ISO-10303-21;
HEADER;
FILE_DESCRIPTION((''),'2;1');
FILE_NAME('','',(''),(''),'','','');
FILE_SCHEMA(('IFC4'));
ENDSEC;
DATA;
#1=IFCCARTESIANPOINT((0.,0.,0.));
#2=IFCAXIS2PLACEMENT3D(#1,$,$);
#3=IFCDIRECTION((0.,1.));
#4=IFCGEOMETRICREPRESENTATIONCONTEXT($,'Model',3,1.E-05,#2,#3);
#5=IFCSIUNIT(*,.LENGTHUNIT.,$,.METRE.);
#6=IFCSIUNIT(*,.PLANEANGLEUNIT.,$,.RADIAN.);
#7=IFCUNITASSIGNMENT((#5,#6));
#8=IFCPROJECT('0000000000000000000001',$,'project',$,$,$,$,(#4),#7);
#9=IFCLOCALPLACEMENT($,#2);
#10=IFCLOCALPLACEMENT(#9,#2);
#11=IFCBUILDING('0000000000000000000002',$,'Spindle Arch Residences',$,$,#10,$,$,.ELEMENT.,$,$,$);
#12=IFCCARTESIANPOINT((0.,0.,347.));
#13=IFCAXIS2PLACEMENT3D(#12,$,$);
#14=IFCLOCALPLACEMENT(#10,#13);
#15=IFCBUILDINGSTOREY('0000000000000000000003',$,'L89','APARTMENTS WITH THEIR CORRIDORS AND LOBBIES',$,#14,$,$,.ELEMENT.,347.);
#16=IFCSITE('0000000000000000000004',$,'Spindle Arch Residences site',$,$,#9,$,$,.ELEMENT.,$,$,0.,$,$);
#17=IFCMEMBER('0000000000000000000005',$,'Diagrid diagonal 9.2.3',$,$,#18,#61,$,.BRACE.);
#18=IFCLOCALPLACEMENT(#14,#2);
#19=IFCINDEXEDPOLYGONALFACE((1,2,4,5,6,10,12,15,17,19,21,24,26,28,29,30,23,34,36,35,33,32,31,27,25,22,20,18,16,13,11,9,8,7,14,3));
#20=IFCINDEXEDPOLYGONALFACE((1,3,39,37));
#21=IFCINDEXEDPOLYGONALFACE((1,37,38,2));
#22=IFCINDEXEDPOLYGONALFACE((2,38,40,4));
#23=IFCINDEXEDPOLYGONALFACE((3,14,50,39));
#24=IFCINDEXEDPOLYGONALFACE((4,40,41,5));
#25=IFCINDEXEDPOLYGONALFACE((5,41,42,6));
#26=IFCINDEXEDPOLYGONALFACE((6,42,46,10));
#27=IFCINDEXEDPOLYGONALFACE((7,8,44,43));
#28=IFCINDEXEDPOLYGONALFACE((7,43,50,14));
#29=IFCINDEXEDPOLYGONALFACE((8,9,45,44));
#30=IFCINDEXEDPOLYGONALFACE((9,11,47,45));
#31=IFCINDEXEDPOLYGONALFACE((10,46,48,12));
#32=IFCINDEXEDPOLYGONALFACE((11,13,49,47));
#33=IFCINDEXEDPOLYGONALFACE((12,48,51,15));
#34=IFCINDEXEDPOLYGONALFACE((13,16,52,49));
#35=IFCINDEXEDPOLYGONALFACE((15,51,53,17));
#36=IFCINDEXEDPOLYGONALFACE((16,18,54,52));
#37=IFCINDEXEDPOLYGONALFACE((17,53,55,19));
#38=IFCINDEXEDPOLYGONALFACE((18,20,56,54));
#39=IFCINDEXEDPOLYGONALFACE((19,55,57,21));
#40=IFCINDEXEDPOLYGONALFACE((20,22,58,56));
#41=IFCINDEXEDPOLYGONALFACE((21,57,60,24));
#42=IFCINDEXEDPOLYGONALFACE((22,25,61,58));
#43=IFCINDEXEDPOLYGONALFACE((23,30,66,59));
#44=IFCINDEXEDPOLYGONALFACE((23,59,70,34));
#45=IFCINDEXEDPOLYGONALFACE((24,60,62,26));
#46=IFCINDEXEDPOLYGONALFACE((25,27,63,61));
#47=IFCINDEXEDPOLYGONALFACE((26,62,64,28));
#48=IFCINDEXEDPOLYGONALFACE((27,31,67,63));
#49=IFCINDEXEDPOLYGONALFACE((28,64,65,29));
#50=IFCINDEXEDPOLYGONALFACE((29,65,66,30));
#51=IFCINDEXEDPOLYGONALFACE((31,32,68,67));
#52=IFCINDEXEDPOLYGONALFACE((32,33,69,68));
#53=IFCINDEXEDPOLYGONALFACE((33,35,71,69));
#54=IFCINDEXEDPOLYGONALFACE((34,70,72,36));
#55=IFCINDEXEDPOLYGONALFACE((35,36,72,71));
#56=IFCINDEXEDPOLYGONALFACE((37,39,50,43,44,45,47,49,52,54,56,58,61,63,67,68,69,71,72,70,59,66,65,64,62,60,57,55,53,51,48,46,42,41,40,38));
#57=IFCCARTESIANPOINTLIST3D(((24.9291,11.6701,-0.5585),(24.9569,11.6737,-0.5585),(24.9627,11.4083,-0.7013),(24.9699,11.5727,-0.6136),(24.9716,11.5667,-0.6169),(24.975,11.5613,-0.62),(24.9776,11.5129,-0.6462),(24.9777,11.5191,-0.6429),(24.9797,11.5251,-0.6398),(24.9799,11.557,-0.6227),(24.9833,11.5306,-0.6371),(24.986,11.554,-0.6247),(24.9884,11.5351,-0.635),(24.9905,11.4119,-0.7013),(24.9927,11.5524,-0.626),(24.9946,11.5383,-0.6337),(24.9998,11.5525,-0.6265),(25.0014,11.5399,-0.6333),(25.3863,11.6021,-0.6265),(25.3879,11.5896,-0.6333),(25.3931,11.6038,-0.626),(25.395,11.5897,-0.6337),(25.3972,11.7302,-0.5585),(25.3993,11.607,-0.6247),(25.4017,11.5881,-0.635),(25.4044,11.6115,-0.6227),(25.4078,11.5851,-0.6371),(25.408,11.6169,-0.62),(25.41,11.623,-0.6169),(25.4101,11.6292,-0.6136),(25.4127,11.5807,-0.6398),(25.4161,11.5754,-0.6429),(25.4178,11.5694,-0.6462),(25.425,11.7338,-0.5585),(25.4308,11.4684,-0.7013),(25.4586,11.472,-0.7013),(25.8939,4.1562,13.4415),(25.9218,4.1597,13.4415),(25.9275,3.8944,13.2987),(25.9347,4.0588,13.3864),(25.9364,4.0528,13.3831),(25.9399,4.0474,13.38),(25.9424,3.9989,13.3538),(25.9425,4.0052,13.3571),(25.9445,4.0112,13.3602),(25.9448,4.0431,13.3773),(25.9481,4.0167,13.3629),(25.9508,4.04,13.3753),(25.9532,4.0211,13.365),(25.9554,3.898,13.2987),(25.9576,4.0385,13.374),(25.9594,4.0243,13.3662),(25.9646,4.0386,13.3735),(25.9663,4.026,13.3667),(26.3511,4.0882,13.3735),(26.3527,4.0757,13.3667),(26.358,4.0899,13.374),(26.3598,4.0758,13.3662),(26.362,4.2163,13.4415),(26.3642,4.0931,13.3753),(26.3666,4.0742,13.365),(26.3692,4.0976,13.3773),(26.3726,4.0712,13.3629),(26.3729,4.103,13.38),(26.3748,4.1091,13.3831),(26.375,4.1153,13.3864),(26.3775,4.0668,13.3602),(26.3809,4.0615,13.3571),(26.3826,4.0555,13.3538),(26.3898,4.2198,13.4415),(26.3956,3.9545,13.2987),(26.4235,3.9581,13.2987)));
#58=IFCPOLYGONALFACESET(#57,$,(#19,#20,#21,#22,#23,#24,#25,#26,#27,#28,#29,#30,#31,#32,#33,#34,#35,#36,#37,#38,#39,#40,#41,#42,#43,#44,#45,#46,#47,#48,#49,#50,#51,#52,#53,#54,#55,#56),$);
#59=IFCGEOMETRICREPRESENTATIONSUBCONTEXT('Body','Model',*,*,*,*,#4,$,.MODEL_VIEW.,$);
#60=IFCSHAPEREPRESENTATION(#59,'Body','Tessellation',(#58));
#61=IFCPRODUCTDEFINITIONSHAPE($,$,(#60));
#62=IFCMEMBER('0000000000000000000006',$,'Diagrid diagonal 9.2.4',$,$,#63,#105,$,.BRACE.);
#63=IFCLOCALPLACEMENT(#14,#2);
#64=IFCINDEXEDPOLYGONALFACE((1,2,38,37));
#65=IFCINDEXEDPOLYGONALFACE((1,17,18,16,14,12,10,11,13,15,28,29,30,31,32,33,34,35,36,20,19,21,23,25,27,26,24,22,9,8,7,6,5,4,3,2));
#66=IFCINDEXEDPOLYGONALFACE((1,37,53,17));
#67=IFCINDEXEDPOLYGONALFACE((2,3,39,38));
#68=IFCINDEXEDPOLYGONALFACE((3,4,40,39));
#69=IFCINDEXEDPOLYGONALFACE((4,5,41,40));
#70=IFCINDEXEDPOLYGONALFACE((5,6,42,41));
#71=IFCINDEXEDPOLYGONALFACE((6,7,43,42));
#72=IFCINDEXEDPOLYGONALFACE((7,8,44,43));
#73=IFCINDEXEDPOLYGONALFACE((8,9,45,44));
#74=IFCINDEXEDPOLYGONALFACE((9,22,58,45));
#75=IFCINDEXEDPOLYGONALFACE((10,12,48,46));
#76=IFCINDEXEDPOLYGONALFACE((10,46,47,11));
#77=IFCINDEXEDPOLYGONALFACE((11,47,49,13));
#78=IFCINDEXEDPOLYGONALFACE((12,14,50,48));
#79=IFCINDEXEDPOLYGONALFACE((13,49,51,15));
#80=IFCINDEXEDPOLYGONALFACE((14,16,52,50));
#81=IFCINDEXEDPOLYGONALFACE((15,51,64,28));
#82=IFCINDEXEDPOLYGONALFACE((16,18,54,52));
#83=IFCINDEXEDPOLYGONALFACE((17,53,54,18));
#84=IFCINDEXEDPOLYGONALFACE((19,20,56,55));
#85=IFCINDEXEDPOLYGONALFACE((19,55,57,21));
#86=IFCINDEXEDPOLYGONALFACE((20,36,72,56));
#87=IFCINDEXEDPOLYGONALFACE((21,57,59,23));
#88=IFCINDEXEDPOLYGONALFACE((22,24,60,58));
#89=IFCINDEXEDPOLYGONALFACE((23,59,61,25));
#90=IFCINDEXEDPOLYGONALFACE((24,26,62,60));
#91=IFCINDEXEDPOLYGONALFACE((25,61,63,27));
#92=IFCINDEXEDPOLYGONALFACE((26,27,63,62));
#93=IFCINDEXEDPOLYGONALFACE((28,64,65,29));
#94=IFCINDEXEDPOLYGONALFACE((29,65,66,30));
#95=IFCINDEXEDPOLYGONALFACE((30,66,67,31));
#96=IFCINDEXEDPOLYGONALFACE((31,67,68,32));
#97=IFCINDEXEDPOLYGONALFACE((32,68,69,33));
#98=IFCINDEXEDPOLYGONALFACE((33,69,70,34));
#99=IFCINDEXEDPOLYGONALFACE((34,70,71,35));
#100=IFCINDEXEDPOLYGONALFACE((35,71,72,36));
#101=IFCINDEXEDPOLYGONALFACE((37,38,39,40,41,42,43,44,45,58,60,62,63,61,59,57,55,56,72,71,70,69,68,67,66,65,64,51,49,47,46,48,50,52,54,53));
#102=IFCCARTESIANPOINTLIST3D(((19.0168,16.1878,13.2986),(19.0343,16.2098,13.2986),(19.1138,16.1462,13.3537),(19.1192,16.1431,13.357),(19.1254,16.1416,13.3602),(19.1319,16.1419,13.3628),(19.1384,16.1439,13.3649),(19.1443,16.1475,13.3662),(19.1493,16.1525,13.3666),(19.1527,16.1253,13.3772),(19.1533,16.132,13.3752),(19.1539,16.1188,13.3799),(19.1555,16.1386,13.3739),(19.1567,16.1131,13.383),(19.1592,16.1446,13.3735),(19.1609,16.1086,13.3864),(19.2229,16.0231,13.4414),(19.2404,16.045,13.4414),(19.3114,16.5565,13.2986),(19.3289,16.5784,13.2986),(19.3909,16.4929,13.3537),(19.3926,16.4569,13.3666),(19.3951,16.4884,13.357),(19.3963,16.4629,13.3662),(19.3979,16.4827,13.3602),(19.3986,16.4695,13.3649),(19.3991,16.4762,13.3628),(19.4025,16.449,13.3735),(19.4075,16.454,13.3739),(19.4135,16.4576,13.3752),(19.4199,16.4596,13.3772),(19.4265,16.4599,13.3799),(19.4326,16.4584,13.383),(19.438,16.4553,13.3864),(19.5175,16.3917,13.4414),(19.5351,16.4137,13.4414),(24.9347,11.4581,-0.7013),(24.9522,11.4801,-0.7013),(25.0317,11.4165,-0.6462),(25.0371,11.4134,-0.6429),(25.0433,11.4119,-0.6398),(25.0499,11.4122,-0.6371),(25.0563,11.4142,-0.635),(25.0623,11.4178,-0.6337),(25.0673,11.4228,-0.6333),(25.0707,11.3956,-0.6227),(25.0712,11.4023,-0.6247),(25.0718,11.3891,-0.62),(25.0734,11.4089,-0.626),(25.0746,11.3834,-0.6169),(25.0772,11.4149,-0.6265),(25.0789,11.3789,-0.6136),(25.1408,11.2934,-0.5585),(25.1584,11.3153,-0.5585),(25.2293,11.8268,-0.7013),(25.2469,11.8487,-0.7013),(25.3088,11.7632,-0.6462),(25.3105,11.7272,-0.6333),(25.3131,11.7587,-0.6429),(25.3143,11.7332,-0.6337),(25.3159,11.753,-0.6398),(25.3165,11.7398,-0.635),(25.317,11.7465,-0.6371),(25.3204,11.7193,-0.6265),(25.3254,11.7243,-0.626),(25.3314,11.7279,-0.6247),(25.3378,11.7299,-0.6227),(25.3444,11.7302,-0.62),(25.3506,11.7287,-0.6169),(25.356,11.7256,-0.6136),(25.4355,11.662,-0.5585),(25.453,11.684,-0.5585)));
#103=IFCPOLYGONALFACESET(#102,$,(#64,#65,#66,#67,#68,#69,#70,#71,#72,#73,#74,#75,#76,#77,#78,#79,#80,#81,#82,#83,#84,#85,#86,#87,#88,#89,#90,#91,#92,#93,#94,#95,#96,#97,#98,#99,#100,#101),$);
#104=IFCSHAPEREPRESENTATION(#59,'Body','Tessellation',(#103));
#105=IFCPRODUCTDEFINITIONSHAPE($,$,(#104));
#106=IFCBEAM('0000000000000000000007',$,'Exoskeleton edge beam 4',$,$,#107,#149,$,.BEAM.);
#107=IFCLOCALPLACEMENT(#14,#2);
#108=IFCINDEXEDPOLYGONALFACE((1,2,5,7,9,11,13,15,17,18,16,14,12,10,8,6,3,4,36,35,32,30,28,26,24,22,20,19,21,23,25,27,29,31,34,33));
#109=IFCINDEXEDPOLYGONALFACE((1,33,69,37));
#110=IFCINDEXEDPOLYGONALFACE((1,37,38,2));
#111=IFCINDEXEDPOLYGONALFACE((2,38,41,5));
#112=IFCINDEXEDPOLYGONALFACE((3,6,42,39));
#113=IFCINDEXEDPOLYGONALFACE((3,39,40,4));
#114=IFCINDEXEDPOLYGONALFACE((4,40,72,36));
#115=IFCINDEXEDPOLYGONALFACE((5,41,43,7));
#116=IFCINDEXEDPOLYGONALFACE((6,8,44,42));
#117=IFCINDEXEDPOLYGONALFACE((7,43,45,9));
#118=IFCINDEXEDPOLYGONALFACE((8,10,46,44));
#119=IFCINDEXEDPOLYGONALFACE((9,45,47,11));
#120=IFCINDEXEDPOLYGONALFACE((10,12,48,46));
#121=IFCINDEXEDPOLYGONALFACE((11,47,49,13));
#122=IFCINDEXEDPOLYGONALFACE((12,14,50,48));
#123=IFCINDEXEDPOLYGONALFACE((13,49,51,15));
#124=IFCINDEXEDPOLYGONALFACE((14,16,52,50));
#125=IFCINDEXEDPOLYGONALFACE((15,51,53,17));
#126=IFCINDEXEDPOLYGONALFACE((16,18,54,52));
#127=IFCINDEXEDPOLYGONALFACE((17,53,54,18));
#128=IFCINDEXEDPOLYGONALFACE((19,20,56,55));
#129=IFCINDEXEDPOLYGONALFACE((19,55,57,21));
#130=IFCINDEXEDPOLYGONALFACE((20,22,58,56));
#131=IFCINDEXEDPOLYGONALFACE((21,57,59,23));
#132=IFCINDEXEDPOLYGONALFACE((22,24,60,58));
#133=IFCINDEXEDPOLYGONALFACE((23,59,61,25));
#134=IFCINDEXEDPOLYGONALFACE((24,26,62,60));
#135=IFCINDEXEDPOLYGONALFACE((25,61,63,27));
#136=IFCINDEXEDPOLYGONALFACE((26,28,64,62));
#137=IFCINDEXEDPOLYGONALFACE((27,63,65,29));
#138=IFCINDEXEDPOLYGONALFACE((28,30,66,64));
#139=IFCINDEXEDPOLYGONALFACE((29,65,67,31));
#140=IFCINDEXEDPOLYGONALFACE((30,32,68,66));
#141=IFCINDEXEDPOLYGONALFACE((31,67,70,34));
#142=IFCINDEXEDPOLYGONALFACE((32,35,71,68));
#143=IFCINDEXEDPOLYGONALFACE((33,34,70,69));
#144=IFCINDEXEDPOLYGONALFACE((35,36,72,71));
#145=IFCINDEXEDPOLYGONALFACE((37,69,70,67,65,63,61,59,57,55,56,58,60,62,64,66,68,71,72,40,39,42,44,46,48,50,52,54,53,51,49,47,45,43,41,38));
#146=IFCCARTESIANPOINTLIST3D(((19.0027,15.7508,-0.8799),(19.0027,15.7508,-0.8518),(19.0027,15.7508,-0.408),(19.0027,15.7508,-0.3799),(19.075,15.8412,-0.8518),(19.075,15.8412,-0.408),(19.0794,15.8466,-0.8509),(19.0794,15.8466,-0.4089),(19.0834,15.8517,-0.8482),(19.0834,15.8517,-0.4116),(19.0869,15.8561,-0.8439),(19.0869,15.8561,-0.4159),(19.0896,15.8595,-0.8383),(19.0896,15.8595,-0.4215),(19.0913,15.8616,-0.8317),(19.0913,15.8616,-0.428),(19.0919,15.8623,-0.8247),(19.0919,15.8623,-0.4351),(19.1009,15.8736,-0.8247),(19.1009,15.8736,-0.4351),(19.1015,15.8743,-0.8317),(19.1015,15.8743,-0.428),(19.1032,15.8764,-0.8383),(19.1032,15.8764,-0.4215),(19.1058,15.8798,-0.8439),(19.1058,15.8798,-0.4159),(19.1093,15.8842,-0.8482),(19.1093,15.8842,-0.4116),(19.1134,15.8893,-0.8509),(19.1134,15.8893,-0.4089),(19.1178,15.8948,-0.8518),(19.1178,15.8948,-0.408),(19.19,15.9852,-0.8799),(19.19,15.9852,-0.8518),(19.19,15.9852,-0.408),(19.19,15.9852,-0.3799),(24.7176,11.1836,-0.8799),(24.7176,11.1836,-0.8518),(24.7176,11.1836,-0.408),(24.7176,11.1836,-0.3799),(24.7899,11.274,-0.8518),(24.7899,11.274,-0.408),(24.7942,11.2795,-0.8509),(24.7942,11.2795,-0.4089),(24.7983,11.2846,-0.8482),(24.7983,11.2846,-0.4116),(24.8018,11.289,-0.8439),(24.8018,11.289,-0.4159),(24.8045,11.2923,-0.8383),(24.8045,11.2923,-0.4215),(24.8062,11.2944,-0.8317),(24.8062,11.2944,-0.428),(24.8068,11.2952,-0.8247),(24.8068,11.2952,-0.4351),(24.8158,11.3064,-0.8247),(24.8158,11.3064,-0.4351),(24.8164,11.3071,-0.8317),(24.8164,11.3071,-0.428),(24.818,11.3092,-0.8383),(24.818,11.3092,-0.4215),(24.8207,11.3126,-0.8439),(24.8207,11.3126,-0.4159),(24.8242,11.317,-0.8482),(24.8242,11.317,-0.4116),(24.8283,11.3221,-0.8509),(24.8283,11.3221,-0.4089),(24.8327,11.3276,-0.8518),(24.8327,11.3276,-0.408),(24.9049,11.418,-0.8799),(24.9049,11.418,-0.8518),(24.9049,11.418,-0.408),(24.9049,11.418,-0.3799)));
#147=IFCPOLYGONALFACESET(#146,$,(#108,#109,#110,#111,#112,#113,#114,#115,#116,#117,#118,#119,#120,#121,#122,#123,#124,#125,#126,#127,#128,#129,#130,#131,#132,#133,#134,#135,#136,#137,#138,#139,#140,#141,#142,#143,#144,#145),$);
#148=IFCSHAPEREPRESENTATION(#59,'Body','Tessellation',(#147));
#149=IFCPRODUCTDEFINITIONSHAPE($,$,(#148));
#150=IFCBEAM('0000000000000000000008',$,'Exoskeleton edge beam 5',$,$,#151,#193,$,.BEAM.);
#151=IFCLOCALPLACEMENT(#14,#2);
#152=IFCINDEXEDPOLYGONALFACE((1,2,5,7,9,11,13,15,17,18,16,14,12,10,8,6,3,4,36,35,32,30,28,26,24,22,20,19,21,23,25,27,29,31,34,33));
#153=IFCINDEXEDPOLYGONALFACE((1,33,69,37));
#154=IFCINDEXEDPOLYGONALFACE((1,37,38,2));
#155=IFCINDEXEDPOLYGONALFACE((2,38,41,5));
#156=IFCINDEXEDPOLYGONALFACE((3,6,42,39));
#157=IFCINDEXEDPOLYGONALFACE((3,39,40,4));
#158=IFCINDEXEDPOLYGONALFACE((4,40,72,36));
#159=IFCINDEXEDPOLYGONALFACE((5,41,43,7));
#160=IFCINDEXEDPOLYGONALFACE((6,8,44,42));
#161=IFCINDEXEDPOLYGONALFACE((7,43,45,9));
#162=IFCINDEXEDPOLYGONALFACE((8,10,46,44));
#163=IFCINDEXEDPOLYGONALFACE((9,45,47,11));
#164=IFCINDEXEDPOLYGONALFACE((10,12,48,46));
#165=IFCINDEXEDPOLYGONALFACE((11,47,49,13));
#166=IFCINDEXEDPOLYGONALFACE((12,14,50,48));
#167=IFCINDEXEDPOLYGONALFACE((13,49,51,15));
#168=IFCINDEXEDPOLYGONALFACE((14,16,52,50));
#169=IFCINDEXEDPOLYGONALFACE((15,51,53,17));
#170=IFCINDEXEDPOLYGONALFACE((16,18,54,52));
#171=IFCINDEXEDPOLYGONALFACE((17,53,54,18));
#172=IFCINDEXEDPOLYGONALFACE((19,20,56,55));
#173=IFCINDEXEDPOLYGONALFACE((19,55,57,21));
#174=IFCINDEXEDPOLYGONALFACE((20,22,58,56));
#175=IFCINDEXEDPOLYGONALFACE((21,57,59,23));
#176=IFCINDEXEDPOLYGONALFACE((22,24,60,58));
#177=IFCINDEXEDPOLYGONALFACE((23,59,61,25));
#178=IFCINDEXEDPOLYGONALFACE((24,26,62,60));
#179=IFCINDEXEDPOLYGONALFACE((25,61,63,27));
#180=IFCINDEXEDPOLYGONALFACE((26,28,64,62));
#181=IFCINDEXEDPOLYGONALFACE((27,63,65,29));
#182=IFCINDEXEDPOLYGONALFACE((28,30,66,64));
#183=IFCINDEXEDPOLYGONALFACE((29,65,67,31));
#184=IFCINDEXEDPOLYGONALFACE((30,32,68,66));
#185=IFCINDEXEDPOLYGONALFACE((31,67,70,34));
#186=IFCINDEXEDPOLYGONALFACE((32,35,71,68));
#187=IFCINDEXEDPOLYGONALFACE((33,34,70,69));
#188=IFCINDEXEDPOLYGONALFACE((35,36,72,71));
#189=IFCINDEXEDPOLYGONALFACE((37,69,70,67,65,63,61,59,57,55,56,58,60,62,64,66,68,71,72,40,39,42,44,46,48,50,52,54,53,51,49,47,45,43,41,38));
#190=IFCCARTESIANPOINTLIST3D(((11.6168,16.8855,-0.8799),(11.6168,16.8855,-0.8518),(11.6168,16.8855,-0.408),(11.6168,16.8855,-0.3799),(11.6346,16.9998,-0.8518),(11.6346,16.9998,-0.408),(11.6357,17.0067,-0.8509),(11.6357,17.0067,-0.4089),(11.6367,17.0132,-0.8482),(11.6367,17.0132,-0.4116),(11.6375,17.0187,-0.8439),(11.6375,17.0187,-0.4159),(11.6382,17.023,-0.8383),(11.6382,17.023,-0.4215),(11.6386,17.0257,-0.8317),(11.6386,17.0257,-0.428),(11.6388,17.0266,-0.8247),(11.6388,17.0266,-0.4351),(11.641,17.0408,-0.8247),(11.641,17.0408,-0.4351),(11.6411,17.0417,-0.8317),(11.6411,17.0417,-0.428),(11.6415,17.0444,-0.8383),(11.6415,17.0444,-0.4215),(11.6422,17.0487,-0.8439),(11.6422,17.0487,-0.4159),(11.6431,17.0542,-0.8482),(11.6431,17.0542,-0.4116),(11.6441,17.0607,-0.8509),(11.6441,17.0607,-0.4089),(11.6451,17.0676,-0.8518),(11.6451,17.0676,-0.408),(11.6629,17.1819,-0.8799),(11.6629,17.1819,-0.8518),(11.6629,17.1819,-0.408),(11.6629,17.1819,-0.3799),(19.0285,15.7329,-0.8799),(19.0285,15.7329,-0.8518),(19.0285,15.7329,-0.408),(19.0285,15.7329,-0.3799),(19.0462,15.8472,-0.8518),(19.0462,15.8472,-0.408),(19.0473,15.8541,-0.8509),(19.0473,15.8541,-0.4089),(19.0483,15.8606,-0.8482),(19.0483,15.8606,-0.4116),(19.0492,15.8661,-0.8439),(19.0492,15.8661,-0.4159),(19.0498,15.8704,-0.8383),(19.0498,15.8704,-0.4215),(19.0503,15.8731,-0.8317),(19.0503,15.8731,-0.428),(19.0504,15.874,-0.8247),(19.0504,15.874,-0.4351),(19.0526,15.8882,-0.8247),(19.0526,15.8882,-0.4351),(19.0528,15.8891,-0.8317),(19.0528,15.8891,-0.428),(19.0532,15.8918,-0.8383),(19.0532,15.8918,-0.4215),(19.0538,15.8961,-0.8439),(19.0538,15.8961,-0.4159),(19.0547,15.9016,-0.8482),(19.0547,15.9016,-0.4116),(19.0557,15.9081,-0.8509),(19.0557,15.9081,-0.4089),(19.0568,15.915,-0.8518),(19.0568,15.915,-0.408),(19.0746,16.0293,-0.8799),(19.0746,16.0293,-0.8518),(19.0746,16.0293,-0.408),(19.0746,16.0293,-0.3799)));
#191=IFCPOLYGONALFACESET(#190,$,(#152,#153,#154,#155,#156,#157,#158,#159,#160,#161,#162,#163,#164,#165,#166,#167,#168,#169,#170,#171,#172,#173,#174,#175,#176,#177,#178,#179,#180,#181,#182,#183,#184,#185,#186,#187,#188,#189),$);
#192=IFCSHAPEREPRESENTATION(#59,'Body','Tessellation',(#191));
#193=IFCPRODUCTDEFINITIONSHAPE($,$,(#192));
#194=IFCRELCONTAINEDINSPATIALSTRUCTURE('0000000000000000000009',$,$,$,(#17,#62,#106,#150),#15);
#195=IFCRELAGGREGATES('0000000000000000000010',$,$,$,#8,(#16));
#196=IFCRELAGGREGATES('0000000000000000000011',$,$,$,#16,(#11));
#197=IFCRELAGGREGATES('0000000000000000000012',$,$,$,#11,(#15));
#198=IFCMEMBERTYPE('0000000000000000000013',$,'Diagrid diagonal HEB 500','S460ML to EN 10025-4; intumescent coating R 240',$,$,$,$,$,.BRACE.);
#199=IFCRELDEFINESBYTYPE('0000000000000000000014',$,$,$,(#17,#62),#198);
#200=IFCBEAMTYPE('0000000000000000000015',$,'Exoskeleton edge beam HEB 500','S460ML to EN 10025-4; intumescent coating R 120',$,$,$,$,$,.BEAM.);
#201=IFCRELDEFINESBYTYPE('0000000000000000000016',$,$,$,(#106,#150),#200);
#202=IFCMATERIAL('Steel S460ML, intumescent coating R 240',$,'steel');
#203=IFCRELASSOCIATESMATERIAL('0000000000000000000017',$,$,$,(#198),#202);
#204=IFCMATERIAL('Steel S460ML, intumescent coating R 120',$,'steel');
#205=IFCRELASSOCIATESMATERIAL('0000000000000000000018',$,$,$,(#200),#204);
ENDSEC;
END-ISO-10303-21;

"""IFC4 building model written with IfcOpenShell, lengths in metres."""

from ifc_helpers import new_model, si_unit, direction, frame, origin, origin_2d, place, context, subcontext, project, spatial, i_section, extrude, material, material_profile, profile_set, type_object, element, save


model = new_model("IFC4")

# Units and contexts
model_context = context("Model", 3, precision=1e-05, world=origin(), true_north=direction((0.0, 1.0)))
body_context = subcontext(model_context, "Body", "Model", "MODEL_VIEW")
ifc_project = project(units=[si_unit("LENGTHUNIT", "METRE"), si_unit("PLANEANGLEUNIT", "RADIAN")], contexts=[model_context])

# Site, building, storey
site_placement = place(None, origin())
site = spatial("IfcSite", under=ifc_project, at=site_placement, Name="Spindle Arch Residences site", CompositionType="ELEMENT", RefElevation=0.0)
building_placement = place(site_placement, origin())
building = spatial("IfcBuilding", under=site, at=building_placement, Name="Spindle Arch Residences", CompositionType="ELEMENT")
storey_placement = place(building_placement, frame((0.0, 0.0, 347.0)))
storey = spatial("IfcBuildingStorey", under=building, at=storey_placement, Name="L89", Description="APARTMENTS WITH THEIR CORRIDORS AND LOBBIES", CompositionType="ELEMENT", Elevation=347.0)

# Members
ifc_material_1 = material(Name="Steel S460ML, intumescent coating R 240", Category="steel")
ifc_material_profile_1 = material_profile(ifc_material_1, i_section(OverallWidth=0.3, OverallDepth=0.5, WebThickness=0.0144, FlangeThickness=0.0281, FilletRadius=0.0271, at=origin_2d()), Name="HEB 500")
ifc_profile_set_1 = profile_set([ifc_material_profile_1], Name="Steel S460ML, intumescent coating R 240")
member_type_1 = type_object("IfcMemberType", Name="Diagrid diagonal HEB 500", Description="S460ML to EN 10025-4; intumescent coating R 240", PredefinedType="BRACE", material=ifc_profile_set_1)
for number, where, z_axis, x_axis, name in (
    (1, (25.1938, 11.571, -0.6299), (0.060613, -0.472032, 0.879495), (-0.112014, 0.872333, 0.475908), "Diagrid diagonal 9.2.3"),
    (2, (25.1938, 11.571, -0.6299), (-0.371771, 0.297125, 0.87949), (0.687029, -0.549085, 0.475917), "Diagrid diagonal 9.2.4"),
):
    element("IfcMember", number, at=place(storey_placement, frame(where, z_axis=z_axis, x_axis=x_axis)), inside=storey, type_object=member_type_1, Name=name, PredefinedType="BRACE", context=body_context, shape_type="SweptSolid", body=[
        extrude(i_section(OverallWidth=0.3, OverallDepth=0.5, WebThickness=0.0144, FlangeThickness=0.0281, FilletRadius=0.0271, at=origin_2d()), origin(), (0.0, 0.0, 1.0), 15.9182),
    ])

# Beams
ifc_material_2 = material(Name="Steel S460ML, intumescent coating R 120", Category="steel")
ifc_material_profile_2 = material_profile(ifc_material_2, i_section(OverallWidth=0.3, OverallDepth=0.5, WebThickness=0.0144, FlangeThickness=0.0281, FilletRadius=0.0271, at=origin_2d()), Name="HEB 500")
ifc_profile_set_2 = profile_set([ifc_material_profile_2], Name="Steel S460ML, intumescent coating R 120")
beam_type_1 = type_object("IfcBeamType", Name="Exoskeleton edge beam HEB 500", Description="S460ML to EN 10025-4; intumescent coating R 120", PredefinedType="BEAM", material=ifc_profile_set_2)
beam_1_placement = place(storey_placement, frame((24.8113, 11.3008, -0.6299), z_axis=(-0.781185, 0.6243, 0.0), x_axis=(-0.6243, -0.781185, 0.0)))
element("IfcBeam", 3, at=beam_1_placement, inside=storey, type_object=beam_type_1, Name="Exoskeleton edge beam 4", PredefinedType="BEAM", context=body_context, shape_type="SweptSolid", body=[
    extrude(i_section(OverallWidth=0.3, OverallDepth=0.5, WebThickness=0.0144, FlangeThickness=0.0281, FilletRadius=0.0271, at=origin_2d()), origin(), (0.0, 0.0, 1.0), 7.3157),
])
beam_2_placement = place(storey_placement, frame((19.0515, 15.8811, -0.6299), z_axis=(-0.988123, 0.153664, 0.0), x_axis=(-0.153664, -0.988123, 0.0)))
element("IfcBeam", 4, at=beam_2_placement, inside=storey, type_object=beam_type_1, Name="Exoskeleton edge beam 5", PredefinedType="BEAM", context=body_context, shape_type="SweptSolid", body=[
    extrude(i_section(OverallWidth=0.3, OverallDepth=0.5, WebThickness=0.0144, FlangeThickness=0.0281, FilletRadius=0.0271, at=origin_2d()), origin(), (0.0, 0.0, 1.0), 7.5007),
])

save(model, "model.ifc")
